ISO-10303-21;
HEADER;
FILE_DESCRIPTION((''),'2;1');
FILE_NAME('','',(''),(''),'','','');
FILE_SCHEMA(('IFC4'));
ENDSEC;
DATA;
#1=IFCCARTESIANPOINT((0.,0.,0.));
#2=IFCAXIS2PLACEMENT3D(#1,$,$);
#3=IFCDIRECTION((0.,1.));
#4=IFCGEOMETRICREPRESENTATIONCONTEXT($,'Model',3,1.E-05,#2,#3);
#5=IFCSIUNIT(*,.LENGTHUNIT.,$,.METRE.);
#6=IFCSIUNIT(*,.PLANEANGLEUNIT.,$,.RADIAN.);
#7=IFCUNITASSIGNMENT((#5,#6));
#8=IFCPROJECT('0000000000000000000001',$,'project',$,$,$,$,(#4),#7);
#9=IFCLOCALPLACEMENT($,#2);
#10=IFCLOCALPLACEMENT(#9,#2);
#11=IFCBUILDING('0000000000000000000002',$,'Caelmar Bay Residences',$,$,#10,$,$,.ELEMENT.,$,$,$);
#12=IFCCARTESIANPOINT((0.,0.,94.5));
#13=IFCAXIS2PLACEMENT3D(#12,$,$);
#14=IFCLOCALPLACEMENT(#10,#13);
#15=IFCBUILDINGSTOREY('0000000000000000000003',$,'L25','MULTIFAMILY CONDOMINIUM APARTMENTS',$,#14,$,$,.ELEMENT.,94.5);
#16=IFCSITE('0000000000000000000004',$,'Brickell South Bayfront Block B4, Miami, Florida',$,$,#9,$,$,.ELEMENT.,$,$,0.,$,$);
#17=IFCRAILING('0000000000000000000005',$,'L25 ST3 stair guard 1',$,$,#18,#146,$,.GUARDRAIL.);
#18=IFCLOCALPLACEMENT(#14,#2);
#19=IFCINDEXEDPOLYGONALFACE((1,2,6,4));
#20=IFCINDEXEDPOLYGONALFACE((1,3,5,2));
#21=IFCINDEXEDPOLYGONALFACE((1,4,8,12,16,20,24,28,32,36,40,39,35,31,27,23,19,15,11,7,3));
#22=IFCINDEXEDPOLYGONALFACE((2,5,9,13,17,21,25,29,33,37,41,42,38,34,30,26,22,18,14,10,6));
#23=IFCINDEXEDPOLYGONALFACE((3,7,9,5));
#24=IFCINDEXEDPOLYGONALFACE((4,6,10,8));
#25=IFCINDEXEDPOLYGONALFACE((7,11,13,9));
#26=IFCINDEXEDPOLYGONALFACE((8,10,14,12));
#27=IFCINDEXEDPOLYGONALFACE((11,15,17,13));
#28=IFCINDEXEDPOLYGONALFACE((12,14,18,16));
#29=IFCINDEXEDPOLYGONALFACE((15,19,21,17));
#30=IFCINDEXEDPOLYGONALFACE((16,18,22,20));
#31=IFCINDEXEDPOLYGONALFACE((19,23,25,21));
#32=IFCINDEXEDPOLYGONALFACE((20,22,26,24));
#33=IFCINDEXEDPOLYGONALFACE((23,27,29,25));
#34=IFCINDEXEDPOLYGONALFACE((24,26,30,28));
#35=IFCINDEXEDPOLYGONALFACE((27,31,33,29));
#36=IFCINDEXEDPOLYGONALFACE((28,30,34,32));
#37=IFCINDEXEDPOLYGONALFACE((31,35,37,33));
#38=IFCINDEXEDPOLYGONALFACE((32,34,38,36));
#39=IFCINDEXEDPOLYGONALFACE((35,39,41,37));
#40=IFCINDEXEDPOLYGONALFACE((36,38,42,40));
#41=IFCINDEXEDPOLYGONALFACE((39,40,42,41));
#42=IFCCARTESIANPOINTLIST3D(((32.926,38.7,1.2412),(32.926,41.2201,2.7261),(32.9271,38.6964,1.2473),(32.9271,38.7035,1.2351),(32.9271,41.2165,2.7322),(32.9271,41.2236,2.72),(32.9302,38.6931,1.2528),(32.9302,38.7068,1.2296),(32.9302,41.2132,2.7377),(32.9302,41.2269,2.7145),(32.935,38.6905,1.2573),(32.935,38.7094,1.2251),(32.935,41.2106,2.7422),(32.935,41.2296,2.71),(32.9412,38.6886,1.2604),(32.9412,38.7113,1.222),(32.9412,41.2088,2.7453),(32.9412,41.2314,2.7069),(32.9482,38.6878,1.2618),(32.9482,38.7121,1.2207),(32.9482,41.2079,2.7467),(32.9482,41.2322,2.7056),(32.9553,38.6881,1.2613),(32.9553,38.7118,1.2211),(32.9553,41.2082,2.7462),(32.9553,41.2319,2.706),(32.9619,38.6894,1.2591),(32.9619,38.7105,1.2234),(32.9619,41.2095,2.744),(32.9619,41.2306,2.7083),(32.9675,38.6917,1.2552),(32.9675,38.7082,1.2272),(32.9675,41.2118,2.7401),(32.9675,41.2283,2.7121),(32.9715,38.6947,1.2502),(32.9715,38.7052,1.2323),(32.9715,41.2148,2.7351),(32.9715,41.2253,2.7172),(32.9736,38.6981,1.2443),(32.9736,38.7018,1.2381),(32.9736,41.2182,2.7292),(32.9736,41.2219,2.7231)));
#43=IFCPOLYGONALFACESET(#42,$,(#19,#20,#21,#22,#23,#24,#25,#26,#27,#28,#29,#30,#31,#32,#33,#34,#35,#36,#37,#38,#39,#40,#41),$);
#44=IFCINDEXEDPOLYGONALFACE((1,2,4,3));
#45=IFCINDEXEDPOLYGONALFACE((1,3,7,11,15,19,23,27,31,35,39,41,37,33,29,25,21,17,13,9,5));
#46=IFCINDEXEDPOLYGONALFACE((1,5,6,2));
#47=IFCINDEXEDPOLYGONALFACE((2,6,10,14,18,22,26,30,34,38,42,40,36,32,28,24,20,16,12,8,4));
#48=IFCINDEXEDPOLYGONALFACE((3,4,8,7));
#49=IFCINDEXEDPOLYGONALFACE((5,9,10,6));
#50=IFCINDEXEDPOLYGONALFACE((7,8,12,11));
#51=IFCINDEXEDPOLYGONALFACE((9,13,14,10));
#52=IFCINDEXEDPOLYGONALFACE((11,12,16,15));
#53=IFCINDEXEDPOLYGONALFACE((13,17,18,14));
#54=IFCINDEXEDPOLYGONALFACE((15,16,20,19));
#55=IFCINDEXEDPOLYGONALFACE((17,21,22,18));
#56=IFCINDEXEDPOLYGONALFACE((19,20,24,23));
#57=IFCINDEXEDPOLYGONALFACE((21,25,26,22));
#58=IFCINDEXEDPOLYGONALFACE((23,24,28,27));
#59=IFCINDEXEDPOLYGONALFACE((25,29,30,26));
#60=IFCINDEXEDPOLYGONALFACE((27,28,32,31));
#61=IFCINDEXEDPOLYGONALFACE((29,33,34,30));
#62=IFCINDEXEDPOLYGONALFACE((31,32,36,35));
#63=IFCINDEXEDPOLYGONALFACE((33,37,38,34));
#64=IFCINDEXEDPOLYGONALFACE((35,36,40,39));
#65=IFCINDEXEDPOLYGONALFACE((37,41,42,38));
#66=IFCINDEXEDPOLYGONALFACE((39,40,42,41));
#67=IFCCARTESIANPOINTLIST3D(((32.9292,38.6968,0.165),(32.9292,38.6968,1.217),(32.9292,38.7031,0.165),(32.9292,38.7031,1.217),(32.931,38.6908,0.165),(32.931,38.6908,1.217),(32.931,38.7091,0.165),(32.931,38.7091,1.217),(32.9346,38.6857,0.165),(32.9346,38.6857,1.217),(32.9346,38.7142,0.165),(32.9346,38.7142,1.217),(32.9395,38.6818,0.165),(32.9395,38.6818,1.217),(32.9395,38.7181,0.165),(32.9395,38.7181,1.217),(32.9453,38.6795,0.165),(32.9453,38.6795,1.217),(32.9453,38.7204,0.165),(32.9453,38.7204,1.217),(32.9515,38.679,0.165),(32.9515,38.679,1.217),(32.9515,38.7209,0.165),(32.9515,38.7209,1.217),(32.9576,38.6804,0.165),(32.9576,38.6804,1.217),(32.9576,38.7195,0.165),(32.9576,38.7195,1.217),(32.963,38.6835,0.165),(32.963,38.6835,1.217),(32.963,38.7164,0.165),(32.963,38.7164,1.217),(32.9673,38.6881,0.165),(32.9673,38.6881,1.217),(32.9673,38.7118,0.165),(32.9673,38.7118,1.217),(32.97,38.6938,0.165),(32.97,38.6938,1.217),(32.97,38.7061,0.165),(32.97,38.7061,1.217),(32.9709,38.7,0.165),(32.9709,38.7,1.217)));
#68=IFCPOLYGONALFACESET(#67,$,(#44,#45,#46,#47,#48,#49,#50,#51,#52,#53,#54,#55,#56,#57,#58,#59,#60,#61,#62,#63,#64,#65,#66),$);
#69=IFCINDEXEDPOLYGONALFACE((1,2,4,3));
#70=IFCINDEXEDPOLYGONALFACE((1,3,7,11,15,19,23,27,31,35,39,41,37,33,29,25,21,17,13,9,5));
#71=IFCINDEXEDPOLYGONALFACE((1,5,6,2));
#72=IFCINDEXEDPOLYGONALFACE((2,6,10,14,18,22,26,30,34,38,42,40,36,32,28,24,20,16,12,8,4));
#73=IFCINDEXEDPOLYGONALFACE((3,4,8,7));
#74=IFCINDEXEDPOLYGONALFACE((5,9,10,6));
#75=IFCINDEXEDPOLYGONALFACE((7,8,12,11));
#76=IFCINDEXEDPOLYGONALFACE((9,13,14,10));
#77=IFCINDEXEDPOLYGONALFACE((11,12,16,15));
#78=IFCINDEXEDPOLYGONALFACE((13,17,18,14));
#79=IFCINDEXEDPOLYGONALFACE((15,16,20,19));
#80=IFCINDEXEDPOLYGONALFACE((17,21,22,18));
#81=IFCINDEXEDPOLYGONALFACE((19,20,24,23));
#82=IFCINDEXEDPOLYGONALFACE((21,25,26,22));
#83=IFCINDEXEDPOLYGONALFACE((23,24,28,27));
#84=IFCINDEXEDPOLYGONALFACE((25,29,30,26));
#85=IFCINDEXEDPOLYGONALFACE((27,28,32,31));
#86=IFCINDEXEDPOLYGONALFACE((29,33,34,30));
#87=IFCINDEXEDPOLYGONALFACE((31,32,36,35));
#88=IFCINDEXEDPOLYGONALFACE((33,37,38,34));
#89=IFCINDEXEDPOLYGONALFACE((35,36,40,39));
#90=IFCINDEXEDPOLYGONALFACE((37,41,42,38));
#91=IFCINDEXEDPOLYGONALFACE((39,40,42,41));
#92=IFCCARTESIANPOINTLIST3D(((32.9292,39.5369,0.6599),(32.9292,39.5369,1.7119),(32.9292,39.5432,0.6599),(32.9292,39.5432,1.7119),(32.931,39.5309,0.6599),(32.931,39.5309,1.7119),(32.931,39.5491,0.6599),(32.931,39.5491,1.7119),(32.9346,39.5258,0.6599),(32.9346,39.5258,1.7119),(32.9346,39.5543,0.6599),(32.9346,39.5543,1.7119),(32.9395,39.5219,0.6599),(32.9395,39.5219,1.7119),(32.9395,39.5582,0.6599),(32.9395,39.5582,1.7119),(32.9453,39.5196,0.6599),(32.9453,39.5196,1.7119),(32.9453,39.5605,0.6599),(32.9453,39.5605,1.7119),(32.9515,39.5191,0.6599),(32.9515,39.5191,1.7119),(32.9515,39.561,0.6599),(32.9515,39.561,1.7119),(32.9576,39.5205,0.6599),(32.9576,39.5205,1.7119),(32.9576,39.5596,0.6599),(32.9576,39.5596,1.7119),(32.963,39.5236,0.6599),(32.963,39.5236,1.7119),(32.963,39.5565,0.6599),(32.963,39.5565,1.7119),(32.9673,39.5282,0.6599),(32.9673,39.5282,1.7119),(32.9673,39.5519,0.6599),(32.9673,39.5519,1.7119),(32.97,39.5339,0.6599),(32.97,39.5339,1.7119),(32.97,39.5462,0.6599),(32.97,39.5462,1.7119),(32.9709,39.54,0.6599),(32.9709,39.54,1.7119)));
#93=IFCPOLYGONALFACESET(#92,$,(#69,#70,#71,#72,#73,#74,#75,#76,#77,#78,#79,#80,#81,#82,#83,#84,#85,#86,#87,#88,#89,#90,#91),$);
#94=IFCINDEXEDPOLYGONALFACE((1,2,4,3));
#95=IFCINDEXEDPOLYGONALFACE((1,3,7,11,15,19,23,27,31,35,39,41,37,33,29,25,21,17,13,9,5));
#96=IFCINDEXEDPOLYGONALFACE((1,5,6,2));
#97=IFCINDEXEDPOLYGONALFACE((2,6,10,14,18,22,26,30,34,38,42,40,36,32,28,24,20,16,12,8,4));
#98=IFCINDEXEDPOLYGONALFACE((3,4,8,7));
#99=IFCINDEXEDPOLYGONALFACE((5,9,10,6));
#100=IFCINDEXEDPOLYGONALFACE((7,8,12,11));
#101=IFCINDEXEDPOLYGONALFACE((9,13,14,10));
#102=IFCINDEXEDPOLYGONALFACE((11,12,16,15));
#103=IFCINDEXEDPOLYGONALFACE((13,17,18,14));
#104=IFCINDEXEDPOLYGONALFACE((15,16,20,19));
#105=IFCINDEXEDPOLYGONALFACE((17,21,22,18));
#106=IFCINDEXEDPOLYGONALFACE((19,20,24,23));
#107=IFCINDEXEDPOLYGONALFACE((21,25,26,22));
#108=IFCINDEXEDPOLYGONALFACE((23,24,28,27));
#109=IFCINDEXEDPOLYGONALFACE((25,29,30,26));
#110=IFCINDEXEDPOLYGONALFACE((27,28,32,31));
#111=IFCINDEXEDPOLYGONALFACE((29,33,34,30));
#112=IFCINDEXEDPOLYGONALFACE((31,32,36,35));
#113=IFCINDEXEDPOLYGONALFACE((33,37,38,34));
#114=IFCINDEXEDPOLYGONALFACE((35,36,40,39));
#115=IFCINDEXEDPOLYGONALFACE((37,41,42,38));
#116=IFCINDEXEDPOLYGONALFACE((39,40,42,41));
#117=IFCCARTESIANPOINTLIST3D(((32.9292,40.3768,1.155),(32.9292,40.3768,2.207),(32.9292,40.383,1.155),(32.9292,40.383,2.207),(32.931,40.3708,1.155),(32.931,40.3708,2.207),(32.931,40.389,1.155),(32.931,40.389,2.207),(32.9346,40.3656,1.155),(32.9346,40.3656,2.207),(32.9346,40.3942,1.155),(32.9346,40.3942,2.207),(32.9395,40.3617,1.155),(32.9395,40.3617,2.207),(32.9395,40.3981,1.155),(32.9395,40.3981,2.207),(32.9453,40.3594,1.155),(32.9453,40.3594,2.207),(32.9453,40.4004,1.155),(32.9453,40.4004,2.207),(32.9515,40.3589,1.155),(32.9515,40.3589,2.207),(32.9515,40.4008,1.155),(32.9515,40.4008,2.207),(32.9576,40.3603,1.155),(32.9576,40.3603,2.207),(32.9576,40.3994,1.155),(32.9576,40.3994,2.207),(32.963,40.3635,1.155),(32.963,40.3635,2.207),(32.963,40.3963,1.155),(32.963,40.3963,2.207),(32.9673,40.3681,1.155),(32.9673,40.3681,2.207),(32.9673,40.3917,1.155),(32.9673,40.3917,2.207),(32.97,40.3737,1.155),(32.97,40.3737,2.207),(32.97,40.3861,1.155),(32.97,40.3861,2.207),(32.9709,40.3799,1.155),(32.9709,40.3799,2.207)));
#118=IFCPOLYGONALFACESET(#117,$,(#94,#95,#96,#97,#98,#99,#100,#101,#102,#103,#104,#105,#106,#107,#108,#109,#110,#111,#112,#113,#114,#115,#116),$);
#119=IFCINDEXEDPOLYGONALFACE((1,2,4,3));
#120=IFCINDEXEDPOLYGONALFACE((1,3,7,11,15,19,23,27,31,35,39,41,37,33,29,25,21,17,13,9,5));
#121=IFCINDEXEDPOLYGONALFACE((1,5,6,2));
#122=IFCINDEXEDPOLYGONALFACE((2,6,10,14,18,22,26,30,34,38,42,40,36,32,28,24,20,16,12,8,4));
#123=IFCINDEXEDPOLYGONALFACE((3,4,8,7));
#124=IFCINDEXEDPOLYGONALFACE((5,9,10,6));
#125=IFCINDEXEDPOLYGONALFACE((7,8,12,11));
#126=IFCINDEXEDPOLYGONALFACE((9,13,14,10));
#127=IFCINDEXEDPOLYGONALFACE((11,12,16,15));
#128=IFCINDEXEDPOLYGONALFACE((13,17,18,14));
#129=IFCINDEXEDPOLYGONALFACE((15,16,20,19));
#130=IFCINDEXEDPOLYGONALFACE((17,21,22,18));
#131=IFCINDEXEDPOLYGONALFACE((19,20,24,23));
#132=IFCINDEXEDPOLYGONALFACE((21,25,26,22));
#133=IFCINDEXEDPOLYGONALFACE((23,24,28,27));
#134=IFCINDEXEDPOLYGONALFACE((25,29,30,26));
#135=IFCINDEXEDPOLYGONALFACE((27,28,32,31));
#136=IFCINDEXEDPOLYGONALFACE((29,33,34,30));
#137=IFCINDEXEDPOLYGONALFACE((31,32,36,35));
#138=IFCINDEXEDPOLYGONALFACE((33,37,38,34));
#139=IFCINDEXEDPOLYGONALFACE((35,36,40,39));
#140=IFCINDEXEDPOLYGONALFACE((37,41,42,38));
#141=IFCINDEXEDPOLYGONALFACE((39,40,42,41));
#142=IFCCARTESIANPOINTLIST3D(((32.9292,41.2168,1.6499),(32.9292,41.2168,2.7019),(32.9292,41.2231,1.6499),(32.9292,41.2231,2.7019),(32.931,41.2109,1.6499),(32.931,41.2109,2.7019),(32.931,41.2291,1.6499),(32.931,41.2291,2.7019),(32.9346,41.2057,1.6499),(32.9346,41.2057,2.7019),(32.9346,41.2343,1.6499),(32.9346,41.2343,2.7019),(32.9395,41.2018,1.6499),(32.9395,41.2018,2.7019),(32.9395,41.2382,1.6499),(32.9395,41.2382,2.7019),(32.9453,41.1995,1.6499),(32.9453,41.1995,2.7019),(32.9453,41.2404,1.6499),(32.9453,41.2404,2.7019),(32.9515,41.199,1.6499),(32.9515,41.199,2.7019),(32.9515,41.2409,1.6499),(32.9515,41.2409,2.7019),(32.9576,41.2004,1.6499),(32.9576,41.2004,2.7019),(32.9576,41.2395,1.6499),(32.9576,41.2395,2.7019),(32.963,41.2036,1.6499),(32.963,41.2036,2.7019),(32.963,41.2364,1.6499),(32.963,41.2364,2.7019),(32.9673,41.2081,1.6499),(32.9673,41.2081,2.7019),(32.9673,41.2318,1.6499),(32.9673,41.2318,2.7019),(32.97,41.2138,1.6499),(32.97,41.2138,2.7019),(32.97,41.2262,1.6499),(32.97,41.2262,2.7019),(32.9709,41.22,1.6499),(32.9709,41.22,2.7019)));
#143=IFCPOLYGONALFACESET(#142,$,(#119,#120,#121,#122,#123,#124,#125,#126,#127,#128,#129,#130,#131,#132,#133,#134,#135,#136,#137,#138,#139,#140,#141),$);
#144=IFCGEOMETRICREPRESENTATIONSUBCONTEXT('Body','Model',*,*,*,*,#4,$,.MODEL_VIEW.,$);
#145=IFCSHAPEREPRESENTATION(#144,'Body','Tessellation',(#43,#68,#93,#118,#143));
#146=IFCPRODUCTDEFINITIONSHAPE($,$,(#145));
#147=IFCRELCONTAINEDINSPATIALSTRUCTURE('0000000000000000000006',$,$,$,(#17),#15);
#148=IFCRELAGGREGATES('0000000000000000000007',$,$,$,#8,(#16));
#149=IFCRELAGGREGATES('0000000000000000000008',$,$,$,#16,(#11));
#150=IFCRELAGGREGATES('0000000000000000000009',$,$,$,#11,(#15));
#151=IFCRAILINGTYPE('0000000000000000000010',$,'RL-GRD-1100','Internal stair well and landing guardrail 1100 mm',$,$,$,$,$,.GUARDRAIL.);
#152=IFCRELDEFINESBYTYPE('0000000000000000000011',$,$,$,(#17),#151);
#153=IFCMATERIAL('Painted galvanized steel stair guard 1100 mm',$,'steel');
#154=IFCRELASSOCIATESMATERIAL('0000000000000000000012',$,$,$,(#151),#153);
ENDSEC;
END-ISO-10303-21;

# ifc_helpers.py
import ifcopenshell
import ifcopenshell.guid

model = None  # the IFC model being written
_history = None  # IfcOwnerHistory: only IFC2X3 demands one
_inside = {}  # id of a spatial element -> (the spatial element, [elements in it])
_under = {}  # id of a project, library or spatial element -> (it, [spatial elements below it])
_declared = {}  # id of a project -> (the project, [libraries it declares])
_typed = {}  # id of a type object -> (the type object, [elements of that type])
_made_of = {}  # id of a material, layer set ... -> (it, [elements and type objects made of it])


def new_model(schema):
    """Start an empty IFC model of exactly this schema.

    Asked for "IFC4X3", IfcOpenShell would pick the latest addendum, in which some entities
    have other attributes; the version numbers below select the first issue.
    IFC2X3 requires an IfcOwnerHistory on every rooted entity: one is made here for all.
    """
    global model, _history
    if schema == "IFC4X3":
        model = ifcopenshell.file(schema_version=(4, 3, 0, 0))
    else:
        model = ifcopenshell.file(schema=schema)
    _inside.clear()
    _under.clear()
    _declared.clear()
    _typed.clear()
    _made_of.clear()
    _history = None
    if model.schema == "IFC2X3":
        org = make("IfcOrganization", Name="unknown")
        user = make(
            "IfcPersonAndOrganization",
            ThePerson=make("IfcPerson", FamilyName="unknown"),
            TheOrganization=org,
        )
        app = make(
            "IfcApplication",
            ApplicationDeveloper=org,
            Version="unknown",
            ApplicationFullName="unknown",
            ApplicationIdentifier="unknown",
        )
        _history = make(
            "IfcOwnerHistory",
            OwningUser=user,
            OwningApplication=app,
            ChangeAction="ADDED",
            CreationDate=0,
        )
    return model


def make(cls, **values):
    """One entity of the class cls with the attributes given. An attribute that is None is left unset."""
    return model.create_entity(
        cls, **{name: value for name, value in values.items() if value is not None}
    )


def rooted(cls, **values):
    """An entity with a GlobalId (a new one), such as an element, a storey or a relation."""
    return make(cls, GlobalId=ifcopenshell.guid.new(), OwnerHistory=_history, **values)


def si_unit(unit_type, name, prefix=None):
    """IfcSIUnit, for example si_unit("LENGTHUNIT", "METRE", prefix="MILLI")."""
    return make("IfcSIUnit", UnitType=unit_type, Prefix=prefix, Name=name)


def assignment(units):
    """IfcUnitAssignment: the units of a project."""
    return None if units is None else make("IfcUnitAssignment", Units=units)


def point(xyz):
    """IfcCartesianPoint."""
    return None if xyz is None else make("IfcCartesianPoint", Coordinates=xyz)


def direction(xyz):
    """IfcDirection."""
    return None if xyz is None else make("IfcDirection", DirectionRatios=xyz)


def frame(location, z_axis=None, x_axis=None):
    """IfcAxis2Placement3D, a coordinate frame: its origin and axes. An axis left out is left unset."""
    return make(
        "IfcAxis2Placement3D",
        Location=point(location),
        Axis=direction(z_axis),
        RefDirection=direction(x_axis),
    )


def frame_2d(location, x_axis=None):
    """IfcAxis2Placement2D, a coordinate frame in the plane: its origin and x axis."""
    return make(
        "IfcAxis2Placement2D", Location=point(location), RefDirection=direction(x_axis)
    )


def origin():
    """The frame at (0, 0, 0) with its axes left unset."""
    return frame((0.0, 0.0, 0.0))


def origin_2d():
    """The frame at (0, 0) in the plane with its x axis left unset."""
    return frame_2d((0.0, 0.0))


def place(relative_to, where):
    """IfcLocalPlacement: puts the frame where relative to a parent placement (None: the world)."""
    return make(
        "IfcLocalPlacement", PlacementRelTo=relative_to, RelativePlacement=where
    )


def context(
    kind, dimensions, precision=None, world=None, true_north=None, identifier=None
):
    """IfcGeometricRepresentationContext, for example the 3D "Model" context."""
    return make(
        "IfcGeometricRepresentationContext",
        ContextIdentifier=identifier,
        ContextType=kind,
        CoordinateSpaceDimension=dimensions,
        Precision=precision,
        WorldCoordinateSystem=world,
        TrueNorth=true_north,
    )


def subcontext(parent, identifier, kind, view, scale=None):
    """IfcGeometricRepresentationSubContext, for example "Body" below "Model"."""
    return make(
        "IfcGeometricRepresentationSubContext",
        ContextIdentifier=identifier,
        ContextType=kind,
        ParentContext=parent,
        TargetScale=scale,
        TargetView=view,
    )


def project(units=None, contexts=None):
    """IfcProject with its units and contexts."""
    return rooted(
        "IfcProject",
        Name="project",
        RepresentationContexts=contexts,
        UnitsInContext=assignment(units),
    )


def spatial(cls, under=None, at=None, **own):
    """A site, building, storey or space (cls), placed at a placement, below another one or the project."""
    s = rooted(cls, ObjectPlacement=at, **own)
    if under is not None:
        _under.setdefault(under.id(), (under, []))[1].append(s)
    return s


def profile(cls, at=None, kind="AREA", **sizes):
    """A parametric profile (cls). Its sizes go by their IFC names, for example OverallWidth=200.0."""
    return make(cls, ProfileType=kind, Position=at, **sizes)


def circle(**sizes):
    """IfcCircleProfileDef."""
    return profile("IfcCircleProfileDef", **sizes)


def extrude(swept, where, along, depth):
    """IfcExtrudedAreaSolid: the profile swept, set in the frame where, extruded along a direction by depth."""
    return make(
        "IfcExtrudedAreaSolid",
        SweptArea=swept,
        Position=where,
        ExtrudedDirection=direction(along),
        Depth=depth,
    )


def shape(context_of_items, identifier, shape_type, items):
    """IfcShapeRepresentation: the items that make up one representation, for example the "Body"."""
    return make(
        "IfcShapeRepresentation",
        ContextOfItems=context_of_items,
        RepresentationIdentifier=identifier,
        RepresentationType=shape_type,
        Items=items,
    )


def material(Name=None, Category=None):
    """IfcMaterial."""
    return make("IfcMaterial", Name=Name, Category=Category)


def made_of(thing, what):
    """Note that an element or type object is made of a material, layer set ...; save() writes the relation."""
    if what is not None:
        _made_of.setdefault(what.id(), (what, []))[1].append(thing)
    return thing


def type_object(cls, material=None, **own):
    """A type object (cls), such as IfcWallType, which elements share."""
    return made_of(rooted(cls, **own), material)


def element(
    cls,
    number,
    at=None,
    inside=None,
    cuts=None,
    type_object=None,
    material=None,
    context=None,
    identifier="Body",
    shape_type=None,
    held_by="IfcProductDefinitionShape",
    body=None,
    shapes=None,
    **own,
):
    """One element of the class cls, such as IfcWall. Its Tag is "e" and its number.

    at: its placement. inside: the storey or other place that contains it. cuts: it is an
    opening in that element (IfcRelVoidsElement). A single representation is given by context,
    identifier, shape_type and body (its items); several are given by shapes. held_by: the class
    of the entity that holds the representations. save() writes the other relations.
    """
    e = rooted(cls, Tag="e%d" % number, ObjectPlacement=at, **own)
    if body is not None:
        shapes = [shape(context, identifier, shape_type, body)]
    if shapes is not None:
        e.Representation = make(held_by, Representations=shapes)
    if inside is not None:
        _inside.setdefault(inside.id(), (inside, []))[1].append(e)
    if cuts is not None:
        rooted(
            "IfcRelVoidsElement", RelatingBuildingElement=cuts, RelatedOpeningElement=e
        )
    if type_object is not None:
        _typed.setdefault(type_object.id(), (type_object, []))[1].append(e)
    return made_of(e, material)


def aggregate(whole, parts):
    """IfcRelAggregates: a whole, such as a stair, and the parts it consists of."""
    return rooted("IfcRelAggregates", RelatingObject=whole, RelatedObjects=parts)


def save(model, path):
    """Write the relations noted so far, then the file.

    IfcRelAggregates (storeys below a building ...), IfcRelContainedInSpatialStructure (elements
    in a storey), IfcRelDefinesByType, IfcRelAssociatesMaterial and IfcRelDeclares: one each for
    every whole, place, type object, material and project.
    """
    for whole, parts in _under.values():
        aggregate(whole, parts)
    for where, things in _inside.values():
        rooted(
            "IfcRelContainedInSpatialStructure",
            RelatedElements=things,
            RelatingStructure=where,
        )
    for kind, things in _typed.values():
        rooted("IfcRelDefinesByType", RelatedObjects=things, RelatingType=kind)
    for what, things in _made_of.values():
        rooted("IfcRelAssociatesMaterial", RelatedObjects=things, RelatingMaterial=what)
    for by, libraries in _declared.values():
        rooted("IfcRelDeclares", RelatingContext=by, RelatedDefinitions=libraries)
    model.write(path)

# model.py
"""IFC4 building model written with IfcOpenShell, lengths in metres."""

from ifc_helpers import new_model, si_unit, direction, frame, origin, origin_2d, place, context, subcontext, project, spatial, circle, extrude, material, type_object, element, save


model = new_model("IFC4")

# Units and contexts
model_context = context("Model", 3, precision=1e-05, world=origin(), true_north=direction((0.0, 1.0)))
body_context = subcontext(model_context, "Body", "Model", "MODEL_VIEW")
ifc_project = project(units=[si_unit("LENGTHUNIT", "METRE"), si_unit("PLANEANGLEUNIT", "RADIAN")], contexts=[model_context])

# Site, building, storey
site_placement = place(None, origin())
site = spatial("IfcSite", under=ifc_project, at=site_placement, Name="Brickell South Bayfront Block B4, Miami, Florida", CompositionType="ELEMENT", RefElevation=0.0)
building_placement = place(site_placement, origin())
building = spatial("IfcBuilding", under=site, at=building_placement, Name="Caelmar Bay Residences", CompositionType="ELEMENT")
storey_placement = place(building_placement, frame((0.0, 0.0, 94.5)))
storey = spatial("IfcBuildingStorey", under=building, at=storey_placement, Name="L25", Description="MULTIFAMILY CONDOMINIUM APARTMENTS", CompositionType="ELEMENT", Elevation=94.5)

# Railing
ifc_material_1 = material(Name="Painted galvanized steel stair guard 1100 mm", Category="steel")
railing_type_1 = type_object("IfcRailingType", Name="RL-GRD-1100", Description="Internal stair well and landing guardrail 1100 mm", PredefinedType="GUARDRAIL", material=ifc_material_1)
railing_1_placement = place(storey_placement, frame((32.95, 38.7, 0.165)))
element("IfcRailing", 1, at=railing_1_placement, inside=storey, type_object=railing_type_1, Name="L25 ST3 stair guard 1", PredefinedType="GUARDRAIL", context=body_context, shape_type="SweptSolid", body=[
    extrude(circle(Radius=0.0239, at=origin_2d()), frame((0.0, 0.0, 1.0762), z_axis=(0.0, 0.861561, 0.507655), x_axis=(-1.0, 0.0, 0.0)), (0.0, 0.0, 1.0), 2.925),
    extrude(circle(Radius=0.021, at=origin_2d()), origin(), (0.0, 0.0, 1.0), 1.052),
    extrude(circle(Radius=0.021, at=origin_2d()), frame((0.0, 0.8401, 0.4949)), (0.0, 0.0, 1.0), 1.052),
    extrude(circle(Radius=0.021, at=origin_2d()), frame((0.0, 1.6799, 0.99)), (0.0, 0.0, 1.0), 1.052),
    extrude(circle(Radius=0.021, at=origin_2d()), frame((0.0, 2.52, 1.4849)), (0.0, 0.0, 1.0), 1.052),
])

save(model, "model.ifc")
